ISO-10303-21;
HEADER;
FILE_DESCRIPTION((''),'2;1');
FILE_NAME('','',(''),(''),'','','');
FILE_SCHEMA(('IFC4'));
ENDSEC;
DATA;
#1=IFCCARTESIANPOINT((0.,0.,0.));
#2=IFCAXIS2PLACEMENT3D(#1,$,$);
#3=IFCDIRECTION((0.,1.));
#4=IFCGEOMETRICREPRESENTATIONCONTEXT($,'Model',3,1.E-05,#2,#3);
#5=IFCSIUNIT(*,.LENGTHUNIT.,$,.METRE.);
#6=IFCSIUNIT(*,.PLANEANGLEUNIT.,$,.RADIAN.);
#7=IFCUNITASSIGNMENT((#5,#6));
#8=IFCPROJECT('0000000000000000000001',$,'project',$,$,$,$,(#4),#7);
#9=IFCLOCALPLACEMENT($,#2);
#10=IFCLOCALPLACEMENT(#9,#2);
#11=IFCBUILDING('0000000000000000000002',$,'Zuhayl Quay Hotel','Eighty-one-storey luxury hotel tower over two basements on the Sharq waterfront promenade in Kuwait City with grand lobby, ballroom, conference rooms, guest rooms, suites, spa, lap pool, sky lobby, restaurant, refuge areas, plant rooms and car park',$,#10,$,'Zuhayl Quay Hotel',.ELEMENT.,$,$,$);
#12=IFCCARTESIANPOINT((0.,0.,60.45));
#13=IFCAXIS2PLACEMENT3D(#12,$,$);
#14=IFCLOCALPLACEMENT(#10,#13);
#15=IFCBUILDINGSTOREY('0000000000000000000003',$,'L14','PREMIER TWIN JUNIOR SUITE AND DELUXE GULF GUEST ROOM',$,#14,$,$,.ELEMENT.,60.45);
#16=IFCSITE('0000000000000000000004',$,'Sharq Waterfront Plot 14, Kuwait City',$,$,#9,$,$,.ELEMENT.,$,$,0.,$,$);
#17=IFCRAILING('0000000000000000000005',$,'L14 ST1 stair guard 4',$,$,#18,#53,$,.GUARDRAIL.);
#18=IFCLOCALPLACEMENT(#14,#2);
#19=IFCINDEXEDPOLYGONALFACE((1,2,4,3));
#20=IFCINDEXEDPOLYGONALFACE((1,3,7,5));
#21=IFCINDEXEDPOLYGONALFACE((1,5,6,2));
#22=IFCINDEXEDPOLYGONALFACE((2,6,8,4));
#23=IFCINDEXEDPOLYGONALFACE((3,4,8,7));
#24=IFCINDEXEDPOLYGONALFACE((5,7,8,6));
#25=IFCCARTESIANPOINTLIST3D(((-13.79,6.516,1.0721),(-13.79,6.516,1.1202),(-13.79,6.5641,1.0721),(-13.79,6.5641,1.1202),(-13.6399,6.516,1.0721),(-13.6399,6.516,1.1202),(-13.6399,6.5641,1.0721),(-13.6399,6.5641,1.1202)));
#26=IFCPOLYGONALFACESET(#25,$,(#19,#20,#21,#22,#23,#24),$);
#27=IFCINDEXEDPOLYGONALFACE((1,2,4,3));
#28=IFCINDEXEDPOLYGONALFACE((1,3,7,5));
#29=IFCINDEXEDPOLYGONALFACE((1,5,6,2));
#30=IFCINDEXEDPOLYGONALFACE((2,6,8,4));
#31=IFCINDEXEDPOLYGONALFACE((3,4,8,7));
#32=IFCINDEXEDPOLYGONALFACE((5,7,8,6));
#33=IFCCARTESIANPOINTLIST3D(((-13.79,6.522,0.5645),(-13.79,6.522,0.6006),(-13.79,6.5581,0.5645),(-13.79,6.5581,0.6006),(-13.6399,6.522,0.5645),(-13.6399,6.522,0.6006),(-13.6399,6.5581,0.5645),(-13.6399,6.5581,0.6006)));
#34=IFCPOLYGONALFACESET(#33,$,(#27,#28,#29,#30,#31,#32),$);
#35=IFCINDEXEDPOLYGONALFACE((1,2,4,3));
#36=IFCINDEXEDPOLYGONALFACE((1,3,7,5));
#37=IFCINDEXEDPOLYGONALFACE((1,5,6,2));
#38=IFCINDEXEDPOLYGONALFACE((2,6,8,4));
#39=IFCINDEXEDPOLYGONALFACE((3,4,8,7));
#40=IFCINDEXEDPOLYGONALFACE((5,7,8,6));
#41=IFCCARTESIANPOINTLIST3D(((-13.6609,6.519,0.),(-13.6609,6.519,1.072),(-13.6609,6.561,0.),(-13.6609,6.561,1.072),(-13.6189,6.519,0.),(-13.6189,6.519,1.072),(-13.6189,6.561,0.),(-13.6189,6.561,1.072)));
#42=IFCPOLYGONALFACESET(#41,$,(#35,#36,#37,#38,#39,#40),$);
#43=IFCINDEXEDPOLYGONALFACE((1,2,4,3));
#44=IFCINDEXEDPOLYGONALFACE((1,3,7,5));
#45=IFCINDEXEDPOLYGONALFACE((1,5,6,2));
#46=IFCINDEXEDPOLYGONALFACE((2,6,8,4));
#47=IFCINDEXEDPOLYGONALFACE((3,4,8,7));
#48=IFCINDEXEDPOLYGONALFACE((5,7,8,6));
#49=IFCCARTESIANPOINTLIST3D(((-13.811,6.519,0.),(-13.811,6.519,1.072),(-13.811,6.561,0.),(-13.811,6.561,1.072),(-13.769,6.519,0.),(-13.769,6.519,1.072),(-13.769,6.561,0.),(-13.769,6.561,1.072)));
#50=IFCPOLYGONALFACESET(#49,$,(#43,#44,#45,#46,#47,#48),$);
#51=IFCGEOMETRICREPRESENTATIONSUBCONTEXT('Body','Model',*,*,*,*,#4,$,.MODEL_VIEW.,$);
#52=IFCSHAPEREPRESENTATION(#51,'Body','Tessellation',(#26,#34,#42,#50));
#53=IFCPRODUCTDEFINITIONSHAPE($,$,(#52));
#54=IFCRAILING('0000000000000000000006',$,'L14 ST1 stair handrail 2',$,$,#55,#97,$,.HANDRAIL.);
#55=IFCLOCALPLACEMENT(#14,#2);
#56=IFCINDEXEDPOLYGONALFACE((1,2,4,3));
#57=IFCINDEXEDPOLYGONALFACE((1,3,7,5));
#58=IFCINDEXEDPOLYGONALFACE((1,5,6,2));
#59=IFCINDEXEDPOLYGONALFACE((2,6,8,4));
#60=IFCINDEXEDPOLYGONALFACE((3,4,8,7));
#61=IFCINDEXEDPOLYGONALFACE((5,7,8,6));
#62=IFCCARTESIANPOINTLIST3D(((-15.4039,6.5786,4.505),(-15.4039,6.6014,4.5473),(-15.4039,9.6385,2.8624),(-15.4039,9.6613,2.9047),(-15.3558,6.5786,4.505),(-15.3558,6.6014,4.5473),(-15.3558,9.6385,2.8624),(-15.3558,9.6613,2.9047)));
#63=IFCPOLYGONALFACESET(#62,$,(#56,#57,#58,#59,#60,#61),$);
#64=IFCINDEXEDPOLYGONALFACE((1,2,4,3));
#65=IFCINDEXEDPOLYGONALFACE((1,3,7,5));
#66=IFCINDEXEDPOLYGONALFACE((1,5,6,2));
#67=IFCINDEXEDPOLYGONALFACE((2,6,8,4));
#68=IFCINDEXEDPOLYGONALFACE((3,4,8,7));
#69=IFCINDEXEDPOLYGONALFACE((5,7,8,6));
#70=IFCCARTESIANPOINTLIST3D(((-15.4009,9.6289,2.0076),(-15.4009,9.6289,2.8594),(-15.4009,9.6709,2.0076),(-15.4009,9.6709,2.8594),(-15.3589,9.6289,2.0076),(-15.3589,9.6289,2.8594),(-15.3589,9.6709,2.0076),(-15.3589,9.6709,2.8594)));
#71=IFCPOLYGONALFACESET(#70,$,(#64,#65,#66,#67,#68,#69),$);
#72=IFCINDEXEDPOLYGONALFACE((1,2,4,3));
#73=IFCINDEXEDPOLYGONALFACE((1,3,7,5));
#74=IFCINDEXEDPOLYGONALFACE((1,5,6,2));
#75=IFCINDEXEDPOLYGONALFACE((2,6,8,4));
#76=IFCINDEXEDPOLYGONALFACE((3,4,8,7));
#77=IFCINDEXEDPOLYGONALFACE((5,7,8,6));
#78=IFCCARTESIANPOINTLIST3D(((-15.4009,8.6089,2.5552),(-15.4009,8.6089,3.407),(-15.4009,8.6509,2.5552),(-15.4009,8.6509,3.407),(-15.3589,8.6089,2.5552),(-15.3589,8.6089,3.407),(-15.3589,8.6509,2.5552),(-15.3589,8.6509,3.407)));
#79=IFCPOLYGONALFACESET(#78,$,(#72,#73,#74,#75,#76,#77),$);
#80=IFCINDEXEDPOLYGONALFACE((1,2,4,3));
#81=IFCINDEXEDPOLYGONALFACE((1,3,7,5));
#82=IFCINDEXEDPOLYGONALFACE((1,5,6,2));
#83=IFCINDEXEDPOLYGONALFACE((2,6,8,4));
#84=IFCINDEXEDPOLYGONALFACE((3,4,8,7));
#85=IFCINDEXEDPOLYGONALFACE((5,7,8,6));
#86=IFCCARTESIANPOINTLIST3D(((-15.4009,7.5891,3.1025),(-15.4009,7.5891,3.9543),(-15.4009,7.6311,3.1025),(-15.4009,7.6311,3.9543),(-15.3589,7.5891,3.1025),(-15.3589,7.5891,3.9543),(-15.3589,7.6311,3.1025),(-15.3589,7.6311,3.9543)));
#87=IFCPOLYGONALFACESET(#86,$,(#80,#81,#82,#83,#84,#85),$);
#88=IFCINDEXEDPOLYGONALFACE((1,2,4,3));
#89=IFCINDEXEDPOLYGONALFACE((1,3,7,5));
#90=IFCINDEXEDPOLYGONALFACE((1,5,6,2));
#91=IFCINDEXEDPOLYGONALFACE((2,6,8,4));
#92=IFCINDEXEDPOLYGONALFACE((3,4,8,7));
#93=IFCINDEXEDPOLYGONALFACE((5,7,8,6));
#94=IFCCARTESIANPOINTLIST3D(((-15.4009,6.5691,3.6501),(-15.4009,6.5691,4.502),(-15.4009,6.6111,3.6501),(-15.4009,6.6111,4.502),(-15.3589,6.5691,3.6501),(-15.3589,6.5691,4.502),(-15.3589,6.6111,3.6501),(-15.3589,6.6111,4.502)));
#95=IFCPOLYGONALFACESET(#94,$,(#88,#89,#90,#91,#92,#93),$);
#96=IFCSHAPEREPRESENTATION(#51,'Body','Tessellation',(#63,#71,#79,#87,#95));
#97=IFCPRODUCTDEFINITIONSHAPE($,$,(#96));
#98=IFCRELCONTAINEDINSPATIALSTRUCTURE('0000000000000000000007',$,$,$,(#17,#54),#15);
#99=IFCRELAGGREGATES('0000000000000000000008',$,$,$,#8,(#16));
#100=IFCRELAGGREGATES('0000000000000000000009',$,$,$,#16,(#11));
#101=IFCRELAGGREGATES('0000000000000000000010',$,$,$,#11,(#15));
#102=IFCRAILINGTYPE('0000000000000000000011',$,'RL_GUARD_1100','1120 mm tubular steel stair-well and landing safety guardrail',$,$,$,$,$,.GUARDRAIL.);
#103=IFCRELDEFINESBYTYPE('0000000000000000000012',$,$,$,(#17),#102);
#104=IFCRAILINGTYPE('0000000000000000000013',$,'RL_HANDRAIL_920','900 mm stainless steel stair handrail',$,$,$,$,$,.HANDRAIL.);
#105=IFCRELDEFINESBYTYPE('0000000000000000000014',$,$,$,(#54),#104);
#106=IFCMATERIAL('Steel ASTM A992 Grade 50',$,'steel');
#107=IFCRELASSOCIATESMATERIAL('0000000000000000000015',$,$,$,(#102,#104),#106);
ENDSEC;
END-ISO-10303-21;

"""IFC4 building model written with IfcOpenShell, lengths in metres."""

from ifc_helpers import new_model, si_unit, direction, frame, origin, origin_2d, place, context, subcontext, project, spatial, rectangle, extrude, material, type_object, element, save


model = new_model("IFC4")

# Units and contexts
model_context = context("Model", 3, precision=1e-05, world=origin(), true_north=direction((0.0, 1.0)))
body_context = subcontext(model_context, "Body", "Model", "MODEL_VIEW")
ifc_project = project(units=[si_unit("LENGTHUNIT", "METRE"), si_unit("PLANEANGLEUNIT", "RADIAN")], contexts=[model_context])

# Site, building, storey
site_placement = place(None, origin())
site = spatial("IfcSite", under=ifc_project, at=site_placement, Name="Sharq Waterfront Plot 14, Kuwait City", CompositionType="ELEMENT", RefElevation=0.0)
building_placement = place(site_placement, origin())
building = spatial("IfcBuilding", under=site, at=building_placement, Name="Zuhayl Quay Hotel", Description="Eighty-one-storey luxury hotel tower over two basements on the Sharq waterfront promenade in Kuwait City with grand lobby, ballroom, conference rooms, guest rooms, suites, spa, lap pool, sky lobby, restaurant, refuge areas, plant rooms and car park", LongName="Zuhayl Quay Hotel", CompositionType="ELEMENT")
storey_placement = place(building_placement, frame((0.0, 0.0, 60.45)))
storey = spatial("IfcBuildingStorey", under=building, at=storey_placement, Name="L14", Description="PREMIER TWIN JUNIOR SUITE AND DELUXE GULF GUEST ROOM", CompositionType="ELEMENT", Elevation=60.45)

# Shared definitions
ifc_material_1 = material(Name="Steel ASTM A992 Grade 50", Category="steel")

# Railings
railing_type_1 = type_object("IfcRailingType", Name="RL_GUARD_1100", Description="1120 mm tubular steel stair-well and landing safety guardrail", PredefinedType="GUARDRAIL", material=ifc_material_1)
railing_1_placement = place(storey_placement, frame((-13.6399, 6.54, 0.0)))
element("IfcRailing", 1, at=railing_1_placement, inside=storey, type_object=railing_type_1, Name="L14 ST1 stair guard 4", PredefinedType="GUARDRAIL", context=body_context, shape_type="SweptSolid", body=[
    extrude(rectangle(XDim=0.0481, YDim=0.0481, at=origin_2d()), frame((0.0, 0.0, 1.0962), z_axis=(-1.0, 0.0, 0.0), x_axis=(0.0, -1.0, 0.0)), (0.0, 0.0, 1.0), 0.1501),
    extrude(rectangle(XDim=0.0361, YDim=0.0361, at=origin_2d()), frame((0.0, 0.0, 0.5825), z_axis=(-1.0, 0.0, 0.0), x_axis=(0.0, -1.0, 0.0)), (0.0, 0.0, 1.0), 0.1501),
    extrude(rectangle(XDim=0.042, YDim=0.042, at=origin_2d()), origin(), (0.0, 0.0, 1.0), 1.072),
    extrude(rectangle(XDim=0.042, YDim=0.042, at=origin_2d()), frame((-0.1501, 0.0, 0.0)), (0.0, 0.0, 1.0), 1.072),
])
railing_type_2 = type_object("IfcRailingType", Name="RL_HANDRAIL_920", Description="900 mm stainless steel stair handrail", PredefinedType="HANDRAIL", material=ifc_material_1)
railing_2_placement = place(storey_placement, frame((-15.3799, 9.6499, 2.0076)))
element("IfcRailing", 2, at=railing_2_placement, inside=storey, type_object=railing_type_2, Name="L14 ST1 stair handrail 2", PredefinedType="HANDRAIL", context=body_context, shape_type="SweptSolid", body=[
    extrude(rectangle(XDim=0.0481, YDim=0.0481, at=origin_2d()), frame((0.0, 0.0, 0.876), z_axis=(0.0, -0.881073, 0.47298), x_axis=(1.0, 0.0, 0.0)), (0.0, 0.0, 1.0), 3.4729),
    extrude(rectangle(XDim=0.042, YDim=0.042, at=origin_2d()), origin(), (0.0, 0.0, 1.0), 0.8518),
    extrude(rectangle(XDim=0.042, YDim=0.042, at=origin_2d()), frame((0.0, -1.02, 0.5476)), (0.0, 0.0, 1.0), 0.8518),
    extrude(rectangle(XDim=0.042, YDim=0.042, at=origin_2d()), frame((0.0, -2.0398, 1.095)), (0.0, 0.0, 1.0), 0.8518),
    extrude(rectangle(XDim=0.042, YDim=0.042, at=origin_2d()), frame((0.0, -3.0598, 1.6426)), (0.0, 0.0, 1.0), 0.8518),
])

save(model, "model.ifc")
